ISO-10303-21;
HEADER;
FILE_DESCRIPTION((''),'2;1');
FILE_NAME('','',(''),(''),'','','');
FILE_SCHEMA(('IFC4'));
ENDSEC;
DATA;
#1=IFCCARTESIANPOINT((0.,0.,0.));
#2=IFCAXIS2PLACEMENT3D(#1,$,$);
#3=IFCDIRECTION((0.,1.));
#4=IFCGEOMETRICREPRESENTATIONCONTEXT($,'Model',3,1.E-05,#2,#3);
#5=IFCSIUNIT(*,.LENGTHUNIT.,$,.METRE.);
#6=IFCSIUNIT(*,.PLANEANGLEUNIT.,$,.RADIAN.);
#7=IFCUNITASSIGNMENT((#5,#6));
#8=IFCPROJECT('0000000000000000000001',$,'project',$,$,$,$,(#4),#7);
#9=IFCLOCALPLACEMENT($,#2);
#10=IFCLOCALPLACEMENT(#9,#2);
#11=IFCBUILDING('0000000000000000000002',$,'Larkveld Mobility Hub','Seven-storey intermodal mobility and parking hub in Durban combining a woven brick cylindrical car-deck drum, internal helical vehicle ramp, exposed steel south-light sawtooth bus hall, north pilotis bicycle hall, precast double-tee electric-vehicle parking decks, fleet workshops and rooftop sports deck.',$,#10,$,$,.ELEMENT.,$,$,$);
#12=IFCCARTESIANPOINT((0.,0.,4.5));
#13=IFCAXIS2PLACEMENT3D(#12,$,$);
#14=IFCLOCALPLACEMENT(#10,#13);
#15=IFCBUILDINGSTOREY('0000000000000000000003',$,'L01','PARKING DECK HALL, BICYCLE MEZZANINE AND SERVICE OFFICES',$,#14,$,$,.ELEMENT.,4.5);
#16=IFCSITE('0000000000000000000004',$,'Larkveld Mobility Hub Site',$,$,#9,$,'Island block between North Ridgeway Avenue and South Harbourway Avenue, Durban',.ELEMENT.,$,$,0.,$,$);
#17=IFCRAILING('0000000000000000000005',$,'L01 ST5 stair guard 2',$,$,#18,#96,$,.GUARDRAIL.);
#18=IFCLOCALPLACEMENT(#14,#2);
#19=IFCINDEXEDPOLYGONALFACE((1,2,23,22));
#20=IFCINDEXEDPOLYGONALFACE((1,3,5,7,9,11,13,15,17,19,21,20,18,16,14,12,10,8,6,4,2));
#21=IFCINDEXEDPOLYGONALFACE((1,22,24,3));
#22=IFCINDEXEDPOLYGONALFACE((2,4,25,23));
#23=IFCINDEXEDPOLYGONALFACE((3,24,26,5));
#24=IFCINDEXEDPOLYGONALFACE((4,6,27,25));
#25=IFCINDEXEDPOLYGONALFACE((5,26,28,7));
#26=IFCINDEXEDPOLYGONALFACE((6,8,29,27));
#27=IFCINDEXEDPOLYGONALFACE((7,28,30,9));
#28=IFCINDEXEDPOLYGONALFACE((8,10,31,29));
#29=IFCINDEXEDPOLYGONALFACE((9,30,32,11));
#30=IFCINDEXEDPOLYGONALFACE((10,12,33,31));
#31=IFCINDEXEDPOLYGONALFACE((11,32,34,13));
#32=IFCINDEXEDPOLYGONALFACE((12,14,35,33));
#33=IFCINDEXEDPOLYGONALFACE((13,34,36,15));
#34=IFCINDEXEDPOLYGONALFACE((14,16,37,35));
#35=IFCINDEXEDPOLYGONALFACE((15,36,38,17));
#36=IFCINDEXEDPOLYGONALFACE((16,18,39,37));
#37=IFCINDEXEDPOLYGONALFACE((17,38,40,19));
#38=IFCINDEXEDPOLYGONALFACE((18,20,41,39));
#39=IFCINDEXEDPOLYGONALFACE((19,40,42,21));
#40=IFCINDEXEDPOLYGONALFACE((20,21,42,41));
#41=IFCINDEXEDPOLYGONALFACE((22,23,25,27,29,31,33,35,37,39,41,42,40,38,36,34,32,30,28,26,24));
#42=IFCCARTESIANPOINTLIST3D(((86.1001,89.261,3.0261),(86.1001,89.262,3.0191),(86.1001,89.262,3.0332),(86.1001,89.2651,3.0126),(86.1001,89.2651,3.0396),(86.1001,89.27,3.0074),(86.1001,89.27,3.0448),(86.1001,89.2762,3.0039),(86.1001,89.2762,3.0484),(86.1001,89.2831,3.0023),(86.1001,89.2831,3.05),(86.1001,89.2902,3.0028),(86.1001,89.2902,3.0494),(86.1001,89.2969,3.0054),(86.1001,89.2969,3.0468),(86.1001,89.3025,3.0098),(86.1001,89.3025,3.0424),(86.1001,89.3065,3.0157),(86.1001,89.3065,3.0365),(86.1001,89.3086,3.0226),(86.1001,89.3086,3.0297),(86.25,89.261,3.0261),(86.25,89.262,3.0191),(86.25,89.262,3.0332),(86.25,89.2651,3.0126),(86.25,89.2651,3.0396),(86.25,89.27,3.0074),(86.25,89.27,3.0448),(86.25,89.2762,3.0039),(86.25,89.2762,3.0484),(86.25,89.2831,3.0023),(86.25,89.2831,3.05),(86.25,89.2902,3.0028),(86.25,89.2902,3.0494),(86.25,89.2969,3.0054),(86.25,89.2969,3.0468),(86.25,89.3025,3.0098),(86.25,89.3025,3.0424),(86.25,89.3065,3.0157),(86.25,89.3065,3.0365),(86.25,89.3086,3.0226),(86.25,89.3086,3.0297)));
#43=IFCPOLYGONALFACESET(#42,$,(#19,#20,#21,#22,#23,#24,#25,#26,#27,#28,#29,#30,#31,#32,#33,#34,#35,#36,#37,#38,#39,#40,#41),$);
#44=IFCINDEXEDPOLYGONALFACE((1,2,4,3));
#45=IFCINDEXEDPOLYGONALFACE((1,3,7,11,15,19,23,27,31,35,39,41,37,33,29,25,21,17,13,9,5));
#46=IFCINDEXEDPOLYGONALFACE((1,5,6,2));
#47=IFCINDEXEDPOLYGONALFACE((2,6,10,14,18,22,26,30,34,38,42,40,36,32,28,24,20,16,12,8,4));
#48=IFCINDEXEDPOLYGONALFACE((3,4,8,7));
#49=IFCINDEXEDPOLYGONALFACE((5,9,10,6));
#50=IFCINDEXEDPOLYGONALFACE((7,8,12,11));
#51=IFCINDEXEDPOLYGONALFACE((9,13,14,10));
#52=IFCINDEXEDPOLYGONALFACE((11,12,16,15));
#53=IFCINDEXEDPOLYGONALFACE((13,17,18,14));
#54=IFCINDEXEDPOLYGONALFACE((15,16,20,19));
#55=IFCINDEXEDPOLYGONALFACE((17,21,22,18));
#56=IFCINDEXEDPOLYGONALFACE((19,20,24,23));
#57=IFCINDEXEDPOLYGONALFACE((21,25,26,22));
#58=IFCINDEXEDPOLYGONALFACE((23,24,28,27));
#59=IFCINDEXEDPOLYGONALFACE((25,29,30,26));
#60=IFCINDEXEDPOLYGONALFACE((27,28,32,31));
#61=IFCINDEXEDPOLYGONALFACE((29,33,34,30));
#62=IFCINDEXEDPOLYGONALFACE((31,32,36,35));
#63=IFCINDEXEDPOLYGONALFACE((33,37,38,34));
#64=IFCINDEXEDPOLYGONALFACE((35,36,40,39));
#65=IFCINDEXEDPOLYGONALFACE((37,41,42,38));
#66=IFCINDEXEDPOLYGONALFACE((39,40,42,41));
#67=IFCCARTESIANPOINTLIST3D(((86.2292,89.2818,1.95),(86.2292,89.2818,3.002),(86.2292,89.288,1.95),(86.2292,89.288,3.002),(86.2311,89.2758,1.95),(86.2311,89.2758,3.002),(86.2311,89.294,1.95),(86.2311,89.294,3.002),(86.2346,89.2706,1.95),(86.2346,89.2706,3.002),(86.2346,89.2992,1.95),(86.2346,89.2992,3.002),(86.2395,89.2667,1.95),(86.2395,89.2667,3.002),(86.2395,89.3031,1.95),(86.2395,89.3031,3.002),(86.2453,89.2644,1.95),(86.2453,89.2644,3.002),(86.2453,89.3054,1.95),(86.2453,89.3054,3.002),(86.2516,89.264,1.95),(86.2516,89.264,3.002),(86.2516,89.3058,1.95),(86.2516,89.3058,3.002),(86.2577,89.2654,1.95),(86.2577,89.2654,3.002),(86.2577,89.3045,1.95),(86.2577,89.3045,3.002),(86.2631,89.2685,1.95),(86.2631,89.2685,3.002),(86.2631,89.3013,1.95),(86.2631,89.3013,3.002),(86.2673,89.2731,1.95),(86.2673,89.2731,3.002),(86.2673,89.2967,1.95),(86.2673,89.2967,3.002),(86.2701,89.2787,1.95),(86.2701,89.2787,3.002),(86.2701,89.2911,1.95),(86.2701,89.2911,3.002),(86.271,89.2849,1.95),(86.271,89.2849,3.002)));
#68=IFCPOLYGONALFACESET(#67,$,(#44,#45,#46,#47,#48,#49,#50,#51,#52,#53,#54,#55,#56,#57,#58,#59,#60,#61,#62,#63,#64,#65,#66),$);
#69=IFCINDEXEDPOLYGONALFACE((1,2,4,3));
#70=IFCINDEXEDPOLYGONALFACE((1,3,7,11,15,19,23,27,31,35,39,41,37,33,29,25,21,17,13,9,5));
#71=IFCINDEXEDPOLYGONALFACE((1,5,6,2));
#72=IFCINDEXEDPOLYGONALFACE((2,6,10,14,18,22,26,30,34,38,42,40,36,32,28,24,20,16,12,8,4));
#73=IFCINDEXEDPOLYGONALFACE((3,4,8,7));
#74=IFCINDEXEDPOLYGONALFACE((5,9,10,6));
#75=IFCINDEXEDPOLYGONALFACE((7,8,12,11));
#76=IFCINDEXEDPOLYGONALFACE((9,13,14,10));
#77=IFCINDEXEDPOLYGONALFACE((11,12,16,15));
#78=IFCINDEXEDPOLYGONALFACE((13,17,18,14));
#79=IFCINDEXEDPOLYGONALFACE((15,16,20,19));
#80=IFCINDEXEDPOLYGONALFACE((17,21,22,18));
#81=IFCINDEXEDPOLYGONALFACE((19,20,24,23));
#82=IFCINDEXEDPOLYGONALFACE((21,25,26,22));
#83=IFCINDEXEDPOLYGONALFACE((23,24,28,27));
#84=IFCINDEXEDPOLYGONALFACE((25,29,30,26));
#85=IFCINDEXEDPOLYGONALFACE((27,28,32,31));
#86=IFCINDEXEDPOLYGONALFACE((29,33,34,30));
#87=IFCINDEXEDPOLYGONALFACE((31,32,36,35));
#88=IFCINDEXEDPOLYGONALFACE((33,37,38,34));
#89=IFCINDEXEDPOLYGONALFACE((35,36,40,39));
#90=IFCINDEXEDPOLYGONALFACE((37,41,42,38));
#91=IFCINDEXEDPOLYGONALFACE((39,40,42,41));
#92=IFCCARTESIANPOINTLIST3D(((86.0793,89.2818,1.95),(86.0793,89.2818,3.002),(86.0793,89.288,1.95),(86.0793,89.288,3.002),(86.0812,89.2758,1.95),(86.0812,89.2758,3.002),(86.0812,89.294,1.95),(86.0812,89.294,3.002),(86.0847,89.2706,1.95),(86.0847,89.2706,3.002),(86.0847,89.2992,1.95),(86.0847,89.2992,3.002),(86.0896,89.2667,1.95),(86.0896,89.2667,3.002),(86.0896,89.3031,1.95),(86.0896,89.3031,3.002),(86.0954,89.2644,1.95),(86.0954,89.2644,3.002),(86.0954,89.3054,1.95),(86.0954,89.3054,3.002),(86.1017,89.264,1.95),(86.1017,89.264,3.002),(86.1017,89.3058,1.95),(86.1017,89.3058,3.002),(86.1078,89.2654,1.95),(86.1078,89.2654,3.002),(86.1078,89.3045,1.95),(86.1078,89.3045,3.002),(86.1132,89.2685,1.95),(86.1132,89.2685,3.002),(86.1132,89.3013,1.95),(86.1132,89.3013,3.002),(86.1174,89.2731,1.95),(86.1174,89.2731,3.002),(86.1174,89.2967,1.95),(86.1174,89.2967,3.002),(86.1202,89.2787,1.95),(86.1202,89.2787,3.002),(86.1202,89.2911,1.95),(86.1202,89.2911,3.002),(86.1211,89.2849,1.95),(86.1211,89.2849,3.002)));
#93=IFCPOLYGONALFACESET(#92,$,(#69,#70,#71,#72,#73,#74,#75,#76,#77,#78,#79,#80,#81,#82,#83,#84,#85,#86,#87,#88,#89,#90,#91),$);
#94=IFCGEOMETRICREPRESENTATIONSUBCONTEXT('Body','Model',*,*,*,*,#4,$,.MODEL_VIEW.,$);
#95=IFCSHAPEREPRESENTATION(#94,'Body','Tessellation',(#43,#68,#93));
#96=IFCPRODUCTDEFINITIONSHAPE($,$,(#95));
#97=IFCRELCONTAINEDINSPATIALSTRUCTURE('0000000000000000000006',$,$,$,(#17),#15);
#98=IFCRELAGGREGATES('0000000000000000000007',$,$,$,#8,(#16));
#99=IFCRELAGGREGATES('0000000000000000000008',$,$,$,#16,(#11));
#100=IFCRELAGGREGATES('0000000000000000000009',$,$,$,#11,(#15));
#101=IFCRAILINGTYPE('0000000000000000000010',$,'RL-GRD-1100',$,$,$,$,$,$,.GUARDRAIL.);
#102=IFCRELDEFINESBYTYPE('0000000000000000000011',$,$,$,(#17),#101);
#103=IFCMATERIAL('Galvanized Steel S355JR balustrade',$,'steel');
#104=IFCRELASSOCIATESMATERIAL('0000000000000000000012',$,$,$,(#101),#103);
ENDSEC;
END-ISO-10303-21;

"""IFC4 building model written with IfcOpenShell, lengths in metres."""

from ifc_helpers import new_model, si_unit, direction, frame, origin, origin_2d, place, context, subcontext, project, spatial, circle, extrude, material, type_object, element, save


model = new_model("IFC4")

# Units and contexts
model_context = context("Model", 3, precision=1e-05, world=origin(), true_north=direction((0.0, 1.0)))
body_context = subcontext(model_context, "Body", "Model", "MODEL_VIEW")
ifc_project = project(units=[si_unit("LENGTHUNIT", "METRE"), si_unit("PLANEANGLEUNIT", "RADIAN")], contexts=[model_context])

# Site, building, storey
site_placement = place(None, origin())
site = spatial("IfcSite", under=ifc_project, at=site_placement, Name="Larkveld Mobility Hub Site", LongName="Island block between North Ridgeway Avenue and South Harbourway Avenue, Durban", CompositionType="ELEMENT", RefElevation=0.0)
building_placement = place(site_placement, origin())
building = spatial("IfcBuilding", under=site, at=building_placement, Name="Larkveld Mobility Hub", Description="Seven-storey intermodal mobility and parking hub in Durban combining a woven brick cylindrical car-deck drum, internal helical vehicle ramp, exposed steel south-light sawtooth bus hall, north pilotis bicycle hall, precast double-tee electric-vehicle parking decks, fleet workshops and rooftop sports deck.", CompositionType="ELEMENT")
storey_placement = place(building_placement, frame((0.0, 0.0, 4.5)))
storey = spatial("IfcBuildingStorey", under=building, at=storey_placement, Name="L01", Description="PARKING DECK HALL, BICYCLE MEZZANINE AND SERVICE OFFICES", CompositionType="ELEMENT", Elevation=4.5)

# Railing
ifc_material_1 = material(Name="Galvanized Steel S355JR balustrade", Category="steel")
railing_type_1 = type_object("IfcRailingType", Name="RL-GRD-1100", PredefinedType="GUARDRAIL", material=ifc_material_1)
railing_1_placement = place(storey_placement, frame((86.25, 89.2849, 1.95)))
element("IfcRailing", 1, at=railing_1_placement, inside=storey, type_object=railing_type_1, Name="L01 ST5 stair guard 2", PredefinedType="GUARDRAIL", context=body_context, shape_type="SweptSolid", body=[
    extrude(circle(Radius=0.0239, at=origin_2d()), frame((0.0, 0.0, 1.0762), z_axis=(-1.0, 0.0, 0.0), x_axis=(0.0, -1.0, 0.0)), (0.0, 0.0, 1.0), 0.1499),
    extrude(circle(Radius=0.021, at=origin_2d()), origin(), (0.0, 0.0, 1.0), 1.052),
    extrude(circle(Radius=0.021, at=origin_2d()), frame((-0.1499, 0.0, 0.0)), (0.0, 0.0, 1.0), 1.052),
])

save(model, "model.ifc")
